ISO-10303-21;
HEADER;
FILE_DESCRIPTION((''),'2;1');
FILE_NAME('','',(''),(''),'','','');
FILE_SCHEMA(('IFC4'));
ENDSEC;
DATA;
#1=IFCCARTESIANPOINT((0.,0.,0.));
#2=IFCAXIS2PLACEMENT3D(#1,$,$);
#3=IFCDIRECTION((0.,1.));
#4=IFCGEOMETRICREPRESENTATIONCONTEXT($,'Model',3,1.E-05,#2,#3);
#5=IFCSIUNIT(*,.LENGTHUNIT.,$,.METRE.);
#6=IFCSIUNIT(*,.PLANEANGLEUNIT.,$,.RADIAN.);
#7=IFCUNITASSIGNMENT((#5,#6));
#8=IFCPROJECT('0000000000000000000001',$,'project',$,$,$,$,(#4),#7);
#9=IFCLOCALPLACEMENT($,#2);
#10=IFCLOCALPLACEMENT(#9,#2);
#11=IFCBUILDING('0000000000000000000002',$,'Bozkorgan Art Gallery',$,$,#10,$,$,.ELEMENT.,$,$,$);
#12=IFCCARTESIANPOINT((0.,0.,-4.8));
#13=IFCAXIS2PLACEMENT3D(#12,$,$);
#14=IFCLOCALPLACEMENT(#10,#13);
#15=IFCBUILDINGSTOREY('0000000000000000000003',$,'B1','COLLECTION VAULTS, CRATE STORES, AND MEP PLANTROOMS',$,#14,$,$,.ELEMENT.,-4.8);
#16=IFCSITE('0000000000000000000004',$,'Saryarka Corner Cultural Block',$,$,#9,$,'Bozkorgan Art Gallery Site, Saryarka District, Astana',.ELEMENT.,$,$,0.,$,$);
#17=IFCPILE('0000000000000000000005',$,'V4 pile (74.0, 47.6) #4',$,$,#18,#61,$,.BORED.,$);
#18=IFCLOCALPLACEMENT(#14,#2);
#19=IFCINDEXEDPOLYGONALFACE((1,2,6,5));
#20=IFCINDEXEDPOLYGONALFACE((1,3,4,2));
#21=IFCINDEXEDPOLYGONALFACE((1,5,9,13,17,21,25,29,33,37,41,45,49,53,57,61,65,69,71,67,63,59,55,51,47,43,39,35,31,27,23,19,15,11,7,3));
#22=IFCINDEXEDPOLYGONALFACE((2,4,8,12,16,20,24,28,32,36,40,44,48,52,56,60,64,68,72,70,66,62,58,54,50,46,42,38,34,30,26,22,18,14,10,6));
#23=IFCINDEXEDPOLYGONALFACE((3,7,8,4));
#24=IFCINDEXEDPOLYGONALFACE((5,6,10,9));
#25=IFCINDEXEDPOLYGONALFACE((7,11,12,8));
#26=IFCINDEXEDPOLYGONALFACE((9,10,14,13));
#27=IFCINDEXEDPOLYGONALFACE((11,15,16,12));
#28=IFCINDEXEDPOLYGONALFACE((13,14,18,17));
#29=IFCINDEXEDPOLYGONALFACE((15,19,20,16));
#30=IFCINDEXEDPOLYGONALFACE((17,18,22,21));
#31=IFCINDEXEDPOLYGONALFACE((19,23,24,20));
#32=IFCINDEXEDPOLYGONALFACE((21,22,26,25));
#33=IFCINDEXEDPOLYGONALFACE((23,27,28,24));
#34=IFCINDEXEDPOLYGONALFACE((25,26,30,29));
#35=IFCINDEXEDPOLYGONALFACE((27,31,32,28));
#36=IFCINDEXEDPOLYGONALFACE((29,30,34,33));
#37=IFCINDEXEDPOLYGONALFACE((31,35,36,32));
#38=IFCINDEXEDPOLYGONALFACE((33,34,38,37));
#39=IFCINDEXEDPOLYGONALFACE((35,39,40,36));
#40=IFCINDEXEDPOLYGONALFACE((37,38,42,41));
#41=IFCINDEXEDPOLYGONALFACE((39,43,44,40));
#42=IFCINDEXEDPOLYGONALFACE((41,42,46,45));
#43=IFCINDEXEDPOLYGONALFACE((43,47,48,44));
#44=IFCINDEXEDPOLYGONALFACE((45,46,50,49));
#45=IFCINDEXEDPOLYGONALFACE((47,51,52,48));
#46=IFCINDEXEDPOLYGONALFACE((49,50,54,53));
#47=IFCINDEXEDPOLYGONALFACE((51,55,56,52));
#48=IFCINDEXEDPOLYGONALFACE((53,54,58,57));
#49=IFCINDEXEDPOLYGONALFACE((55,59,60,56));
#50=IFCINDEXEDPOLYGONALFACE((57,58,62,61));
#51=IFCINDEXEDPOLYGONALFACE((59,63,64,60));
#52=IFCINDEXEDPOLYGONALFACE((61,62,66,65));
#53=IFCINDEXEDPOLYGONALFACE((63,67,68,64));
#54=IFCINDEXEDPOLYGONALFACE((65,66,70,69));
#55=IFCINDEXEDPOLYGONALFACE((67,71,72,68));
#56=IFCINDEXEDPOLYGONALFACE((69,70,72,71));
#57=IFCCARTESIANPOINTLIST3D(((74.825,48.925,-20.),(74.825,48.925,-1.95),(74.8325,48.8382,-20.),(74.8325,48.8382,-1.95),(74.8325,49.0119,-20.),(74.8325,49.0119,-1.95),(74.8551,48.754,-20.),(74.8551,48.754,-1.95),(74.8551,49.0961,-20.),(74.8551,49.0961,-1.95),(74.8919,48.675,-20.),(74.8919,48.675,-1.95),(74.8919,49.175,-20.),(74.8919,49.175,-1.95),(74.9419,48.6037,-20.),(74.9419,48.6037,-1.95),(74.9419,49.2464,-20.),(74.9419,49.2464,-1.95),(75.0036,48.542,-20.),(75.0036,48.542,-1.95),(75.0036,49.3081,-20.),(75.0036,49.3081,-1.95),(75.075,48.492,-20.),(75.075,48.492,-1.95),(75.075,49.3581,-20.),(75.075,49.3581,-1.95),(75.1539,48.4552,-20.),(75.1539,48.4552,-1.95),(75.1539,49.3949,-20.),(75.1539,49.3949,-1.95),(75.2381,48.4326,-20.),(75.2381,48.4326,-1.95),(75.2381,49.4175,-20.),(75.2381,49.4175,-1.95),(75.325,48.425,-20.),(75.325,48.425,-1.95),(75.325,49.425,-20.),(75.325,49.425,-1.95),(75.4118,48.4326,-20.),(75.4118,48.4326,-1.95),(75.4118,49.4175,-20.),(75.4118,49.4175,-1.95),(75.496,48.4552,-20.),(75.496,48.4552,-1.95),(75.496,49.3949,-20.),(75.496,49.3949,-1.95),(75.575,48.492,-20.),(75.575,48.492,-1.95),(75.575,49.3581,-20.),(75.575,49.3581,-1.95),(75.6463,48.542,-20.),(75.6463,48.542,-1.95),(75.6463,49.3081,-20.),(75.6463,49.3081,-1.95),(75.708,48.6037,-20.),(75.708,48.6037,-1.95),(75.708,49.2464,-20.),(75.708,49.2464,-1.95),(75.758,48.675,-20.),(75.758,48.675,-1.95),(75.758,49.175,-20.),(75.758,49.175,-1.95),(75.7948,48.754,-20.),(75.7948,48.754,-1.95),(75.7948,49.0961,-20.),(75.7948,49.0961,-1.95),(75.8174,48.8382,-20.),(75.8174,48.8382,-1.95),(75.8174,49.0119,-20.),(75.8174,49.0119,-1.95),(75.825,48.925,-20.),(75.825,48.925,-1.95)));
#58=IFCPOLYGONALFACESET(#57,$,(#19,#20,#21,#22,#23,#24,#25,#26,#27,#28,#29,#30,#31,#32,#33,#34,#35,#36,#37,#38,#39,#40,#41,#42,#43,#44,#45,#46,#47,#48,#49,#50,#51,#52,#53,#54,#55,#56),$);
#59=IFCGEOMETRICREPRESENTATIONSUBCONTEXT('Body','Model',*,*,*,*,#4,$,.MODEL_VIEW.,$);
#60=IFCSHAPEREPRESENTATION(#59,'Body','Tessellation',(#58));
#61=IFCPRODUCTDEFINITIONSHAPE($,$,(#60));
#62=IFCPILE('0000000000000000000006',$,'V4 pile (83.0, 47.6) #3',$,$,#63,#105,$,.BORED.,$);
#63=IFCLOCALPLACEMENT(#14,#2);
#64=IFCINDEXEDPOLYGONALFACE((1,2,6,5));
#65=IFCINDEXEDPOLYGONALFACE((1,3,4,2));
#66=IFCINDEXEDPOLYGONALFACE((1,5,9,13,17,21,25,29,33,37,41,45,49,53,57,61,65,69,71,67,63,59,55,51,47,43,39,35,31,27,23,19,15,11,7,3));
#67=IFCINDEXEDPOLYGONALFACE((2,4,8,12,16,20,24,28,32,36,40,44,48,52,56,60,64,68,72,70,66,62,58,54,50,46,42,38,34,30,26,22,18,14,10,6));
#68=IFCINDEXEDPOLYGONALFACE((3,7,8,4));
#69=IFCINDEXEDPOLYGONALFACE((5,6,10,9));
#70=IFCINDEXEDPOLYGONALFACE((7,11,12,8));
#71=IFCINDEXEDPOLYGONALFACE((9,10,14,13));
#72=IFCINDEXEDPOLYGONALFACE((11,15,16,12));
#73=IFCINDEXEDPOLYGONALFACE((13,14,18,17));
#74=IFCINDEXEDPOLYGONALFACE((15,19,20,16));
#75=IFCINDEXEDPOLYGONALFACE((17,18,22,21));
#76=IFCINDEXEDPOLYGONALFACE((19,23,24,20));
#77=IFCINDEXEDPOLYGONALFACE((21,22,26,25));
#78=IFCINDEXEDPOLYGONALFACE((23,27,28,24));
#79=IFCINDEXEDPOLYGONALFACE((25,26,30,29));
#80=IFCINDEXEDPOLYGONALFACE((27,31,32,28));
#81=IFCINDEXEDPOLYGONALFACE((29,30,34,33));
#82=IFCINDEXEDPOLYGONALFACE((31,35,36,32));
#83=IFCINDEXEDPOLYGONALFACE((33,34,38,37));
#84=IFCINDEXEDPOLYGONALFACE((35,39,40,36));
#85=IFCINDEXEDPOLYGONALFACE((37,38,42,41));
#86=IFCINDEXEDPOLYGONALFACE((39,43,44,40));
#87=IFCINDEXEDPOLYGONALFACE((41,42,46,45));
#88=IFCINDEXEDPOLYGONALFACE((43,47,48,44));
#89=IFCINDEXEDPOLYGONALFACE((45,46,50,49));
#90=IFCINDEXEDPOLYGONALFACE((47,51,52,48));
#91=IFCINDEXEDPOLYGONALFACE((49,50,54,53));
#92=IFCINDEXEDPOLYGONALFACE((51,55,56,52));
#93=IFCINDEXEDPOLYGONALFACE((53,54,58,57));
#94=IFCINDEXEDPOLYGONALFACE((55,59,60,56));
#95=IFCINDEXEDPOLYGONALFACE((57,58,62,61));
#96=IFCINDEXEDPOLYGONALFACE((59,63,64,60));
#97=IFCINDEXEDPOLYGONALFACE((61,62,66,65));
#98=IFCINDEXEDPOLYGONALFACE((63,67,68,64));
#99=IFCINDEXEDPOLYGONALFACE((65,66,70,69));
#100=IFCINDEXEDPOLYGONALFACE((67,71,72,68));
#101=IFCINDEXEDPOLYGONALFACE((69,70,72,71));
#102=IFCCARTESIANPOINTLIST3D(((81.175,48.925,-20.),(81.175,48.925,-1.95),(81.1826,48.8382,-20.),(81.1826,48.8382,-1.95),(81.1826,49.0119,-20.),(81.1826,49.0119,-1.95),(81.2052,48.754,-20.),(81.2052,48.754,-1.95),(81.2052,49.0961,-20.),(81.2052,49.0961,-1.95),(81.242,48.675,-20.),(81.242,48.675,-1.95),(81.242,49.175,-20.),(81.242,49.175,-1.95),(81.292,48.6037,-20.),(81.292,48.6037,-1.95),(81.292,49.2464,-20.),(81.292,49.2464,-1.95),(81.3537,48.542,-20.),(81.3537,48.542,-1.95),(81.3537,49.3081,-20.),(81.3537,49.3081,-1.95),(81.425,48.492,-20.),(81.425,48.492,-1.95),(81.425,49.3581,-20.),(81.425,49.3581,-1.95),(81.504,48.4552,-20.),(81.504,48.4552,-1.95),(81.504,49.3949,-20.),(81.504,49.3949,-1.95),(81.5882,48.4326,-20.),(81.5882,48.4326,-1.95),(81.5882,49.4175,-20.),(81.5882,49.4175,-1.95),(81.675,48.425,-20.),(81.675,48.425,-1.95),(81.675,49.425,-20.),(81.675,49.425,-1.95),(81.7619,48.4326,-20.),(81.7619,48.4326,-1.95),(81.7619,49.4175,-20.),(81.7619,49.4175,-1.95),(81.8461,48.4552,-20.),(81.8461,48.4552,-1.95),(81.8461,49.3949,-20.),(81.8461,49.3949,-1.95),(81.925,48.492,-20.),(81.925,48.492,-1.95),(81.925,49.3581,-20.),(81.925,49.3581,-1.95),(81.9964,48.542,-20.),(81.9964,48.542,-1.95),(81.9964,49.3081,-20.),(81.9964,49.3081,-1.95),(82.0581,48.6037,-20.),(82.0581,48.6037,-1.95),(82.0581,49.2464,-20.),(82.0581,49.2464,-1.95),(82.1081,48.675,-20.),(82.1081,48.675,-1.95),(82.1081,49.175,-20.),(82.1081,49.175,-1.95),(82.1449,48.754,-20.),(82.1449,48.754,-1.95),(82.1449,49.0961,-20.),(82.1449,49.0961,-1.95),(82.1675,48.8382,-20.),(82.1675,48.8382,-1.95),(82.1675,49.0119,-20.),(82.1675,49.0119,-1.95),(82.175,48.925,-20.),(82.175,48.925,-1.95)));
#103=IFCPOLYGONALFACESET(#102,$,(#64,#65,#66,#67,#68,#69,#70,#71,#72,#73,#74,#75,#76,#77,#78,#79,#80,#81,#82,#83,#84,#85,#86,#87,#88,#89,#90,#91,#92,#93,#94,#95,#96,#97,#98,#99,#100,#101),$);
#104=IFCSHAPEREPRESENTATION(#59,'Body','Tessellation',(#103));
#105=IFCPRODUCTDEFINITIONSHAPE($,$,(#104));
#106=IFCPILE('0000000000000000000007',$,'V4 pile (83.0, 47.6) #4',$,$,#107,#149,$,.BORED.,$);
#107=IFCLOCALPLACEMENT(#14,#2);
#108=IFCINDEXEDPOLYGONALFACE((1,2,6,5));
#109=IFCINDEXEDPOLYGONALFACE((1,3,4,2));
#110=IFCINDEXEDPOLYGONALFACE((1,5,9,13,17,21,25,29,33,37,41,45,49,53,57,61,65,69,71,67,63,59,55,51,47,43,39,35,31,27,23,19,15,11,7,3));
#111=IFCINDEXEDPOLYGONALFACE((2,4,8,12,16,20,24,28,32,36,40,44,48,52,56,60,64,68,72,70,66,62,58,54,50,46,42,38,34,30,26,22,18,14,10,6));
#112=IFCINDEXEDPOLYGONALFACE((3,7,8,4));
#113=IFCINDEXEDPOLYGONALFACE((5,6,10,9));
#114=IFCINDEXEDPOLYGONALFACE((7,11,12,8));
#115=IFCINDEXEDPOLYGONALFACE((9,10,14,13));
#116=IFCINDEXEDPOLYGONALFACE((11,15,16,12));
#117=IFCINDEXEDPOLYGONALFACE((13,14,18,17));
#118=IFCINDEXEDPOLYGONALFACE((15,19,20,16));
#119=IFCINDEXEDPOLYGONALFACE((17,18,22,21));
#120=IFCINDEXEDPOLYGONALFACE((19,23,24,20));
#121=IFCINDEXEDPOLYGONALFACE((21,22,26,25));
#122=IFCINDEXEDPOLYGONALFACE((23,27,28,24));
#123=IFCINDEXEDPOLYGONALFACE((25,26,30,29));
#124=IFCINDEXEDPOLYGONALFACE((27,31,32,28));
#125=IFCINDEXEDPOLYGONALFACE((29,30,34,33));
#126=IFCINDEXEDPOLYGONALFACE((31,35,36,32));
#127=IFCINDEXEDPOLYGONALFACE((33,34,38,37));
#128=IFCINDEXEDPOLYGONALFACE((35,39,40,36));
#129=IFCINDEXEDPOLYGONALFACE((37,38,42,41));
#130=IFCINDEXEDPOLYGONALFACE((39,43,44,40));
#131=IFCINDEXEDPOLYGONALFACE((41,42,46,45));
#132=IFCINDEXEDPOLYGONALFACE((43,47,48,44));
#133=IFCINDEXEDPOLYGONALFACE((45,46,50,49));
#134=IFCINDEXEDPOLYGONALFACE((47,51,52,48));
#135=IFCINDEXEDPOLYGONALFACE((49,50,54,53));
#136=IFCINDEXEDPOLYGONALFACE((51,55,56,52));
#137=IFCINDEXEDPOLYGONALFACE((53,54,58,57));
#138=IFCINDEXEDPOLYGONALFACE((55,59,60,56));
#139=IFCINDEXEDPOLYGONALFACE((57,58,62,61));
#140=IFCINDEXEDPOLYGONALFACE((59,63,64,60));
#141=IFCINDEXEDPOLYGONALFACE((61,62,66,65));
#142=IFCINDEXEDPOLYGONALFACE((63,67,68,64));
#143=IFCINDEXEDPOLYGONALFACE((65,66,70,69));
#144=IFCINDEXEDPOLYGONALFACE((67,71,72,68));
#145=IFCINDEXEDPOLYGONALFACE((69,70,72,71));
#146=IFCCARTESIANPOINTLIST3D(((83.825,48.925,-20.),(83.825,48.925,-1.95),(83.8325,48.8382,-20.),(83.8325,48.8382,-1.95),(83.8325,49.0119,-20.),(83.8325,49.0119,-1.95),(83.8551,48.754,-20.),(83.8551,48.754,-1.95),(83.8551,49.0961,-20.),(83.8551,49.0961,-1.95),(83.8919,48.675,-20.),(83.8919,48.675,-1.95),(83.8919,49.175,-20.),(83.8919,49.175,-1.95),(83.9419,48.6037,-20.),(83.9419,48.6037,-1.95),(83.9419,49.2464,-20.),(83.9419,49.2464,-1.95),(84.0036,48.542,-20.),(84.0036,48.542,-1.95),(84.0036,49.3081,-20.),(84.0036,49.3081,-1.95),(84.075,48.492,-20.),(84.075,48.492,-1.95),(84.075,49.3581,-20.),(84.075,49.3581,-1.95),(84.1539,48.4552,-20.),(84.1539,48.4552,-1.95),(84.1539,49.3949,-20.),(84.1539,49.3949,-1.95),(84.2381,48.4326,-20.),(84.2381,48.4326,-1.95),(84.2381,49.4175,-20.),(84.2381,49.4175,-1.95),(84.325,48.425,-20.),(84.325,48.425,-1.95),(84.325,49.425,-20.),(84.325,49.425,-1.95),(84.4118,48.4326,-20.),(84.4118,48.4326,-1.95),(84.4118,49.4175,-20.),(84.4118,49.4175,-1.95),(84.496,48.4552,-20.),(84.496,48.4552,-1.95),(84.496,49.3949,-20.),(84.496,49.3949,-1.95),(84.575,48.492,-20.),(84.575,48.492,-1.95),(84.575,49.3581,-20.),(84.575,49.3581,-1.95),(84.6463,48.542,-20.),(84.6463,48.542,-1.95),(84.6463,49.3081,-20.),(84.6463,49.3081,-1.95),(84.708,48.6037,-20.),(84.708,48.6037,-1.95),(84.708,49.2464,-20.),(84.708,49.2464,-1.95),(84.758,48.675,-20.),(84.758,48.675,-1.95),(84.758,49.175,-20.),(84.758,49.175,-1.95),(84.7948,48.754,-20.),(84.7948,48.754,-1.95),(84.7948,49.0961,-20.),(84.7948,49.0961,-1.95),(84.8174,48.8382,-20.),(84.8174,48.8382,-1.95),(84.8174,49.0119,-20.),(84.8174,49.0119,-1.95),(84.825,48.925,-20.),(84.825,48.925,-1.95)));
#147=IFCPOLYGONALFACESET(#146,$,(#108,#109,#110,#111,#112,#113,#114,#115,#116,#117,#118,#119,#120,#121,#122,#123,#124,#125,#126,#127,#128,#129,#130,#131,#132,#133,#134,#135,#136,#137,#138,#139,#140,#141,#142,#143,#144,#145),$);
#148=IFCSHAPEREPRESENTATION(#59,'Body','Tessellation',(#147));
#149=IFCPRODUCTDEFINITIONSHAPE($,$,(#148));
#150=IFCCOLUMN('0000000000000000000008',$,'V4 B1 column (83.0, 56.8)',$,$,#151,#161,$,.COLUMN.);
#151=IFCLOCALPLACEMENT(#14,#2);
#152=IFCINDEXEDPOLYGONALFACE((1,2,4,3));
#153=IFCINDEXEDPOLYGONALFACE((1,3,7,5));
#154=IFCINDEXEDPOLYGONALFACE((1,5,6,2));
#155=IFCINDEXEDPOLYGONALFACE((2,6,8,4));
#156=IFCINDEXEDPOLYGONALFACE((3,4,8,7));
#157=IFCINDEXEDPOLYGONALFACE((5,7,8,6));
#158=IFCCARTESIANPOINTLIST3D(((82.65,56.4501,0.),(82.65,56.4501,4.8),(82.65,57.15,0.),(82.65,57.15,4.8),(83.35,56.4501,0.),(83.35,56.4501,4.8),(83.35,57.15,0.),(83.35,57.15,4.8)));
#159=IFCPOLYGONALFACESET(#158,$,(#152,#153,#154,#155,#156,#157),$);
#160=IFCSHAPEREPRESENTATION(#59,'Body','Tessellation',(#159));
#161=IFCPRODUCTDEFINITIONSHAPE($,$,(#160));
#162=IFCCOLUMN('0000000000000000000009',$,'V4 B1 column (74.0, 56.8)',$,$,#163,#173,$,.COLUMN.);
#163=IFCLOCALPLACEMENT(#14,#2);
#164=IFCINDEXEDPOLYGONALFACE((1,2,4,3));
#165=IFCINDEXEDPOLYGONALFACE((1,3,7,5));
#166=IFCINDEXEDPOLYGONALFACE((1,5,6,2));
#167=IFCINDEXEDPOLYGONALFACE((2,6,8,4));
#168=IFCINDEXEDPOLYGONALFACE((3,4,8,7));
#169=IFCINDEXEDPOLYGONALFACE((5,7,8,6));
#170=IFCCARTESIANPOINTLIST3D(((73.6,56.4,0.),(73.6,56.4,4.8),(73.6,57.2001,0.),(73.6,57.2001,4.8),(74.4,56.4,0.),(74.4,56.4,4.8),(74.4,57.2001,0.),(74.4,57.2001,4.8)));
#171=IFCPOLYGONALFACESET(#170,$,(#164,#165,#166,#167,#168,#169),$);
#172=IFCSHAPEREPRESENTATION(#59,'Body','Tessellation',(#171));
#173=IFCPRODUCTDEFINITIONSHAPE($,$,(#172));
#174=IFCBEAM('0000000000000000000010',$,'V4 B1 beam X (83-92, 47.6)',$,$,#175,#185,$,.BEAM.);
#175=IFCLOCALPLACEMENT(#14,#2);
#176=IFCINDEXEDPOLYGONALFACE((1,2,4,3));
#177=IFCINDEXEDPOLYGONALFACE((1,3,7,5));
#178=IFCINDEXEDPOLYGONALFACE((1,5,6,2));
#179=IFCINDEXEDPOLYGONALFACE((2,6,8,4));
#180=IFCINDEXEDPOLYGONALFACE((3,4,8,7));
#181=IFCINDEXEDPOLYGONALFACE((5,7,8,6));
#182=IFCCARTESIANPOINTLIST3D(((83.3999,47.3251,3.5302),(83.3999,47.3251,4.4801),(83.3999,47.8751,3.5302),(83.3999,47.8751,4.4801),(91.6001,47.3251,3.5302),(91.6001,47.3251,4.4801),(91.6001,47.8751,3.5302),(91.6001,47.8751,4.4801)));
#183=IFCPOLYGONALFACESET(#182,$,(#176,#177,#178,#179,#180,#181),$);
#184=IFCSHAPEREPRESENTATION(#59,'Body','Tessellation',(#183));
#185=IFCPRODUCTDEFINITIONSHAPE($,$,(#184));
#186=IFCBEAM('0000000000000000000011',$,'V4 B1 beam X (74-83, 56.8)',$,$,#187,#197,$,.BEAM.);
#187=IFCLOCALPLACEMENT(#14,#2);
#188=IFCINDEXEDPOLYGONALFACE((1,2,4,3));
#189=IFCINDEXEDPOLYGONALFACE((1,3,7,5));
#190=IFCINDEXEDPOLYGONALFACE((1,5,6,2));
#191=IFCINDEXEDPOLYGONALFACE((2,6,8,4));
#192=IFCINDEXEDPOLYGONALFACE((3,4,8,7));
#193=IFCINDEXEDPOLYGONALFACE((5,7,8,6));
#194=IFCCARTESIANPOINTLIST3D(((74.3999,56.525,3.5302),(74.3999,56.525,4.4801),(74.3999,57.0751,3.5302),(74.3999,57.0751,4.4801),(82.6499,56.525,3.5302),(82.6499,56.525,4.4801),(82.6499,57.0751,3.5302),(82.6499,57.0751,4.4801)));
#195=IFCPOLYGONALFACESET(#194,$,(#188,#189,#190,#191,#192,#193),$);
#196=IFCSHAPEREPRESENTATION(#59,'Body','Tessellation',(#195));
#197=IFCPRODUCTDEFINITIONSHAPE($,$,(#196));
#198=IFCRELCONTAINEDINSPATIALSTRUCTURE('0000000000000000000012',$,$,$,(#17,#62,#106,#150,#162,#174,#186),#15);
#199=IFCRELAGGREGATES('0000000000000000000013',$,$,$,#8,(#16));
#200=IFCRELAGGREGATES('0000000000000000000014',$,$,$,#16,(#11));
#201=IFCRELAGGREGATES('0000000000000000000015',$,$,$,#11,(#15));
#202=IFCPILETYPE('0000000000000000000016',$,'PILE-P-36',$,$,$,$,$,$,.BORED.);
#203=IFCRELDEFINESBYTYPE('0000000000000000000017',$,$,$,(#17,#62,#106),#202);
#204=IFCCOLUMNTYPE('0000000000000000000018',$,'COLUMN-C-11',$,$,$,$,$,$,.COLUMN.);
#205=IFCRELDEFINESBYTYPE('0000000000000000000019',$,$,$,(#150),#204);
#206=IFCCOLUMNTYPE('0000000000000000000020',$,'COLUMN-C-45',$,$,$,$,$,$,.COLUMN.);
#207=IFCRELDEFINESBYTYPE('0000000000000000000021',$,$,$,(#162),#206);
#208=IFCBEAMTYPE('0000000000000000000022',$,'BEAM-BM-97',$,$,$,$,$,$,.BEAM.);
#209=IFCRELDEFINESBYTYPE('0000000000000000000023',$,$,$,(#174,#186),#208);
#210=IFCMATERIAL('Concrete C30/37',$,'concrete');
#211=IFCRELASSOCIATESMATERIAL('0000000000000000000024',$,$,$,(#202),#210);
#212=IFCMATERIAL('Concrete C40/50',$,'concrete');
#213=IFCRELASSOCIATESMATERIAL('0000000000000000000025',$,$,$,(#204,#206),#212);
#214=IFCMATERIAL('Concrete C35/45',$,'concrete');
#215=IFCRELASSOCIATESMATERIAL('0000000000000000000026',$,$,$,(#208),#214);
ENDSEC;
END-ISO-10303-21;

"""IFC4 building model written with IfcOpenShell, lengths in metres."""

from ifc_helpers import new_model, si_unit, direction, frame, origin, origin_2d, place, context, subcontext, project, spatial, rectangle, circle, extrude, material, material_profile, profile_set, type_object, element, save


model = new_model("IFC4")

# Units and contexts
model_context = context("Model", 3, precision=1e-05, world=origin(), true_north=direction((0.0, 1.0)))
body_context = subcontext(model_context, "Body", "Model", "MODEL_VIEW")
ifc_project = project(units=[si_unit("LENGTHUNIT", "METRE"), si_unit("PLANEANGLEUNIT", "RADIAN")], contexts=[model_context])

# Site, building, storey
site_placement = place(None, origin())
site = spatial("IfcSite", under=ifc_project, at=site_placement, Name="Saryarka Corner Cultural Block", LongName="Bozkorgan Art Gallery Site, Saryarka District, Astana", CompositionType="ELEMENT", RefElevation=0.0)
building_placement = place(site_placement, origin())
building = spatial("IfcBuilding", under=site, at=building_placement, Name="Bozkorgan Art Gallery", CompositionType="ELEMENT")
storey_placement = place(building_placement, frame((0.0, 0.0, -4.8)))
storey = spatial("IfcBuildingStorey", under=building, at=storey_placement, Name="B1", Description="COLLECTION VAULTS, CRATE STORES, AND MEP PLANTROOMS", CompositionType="ELEMENT", Elevation=-4.8)

# Shared definitions
ifc_material_1 = material(Name="Concrete C30/37", Category="concrete")

# Piles
ifc_material_profile_1 = material_profile(ifc_material_1, circle(Radius=0.5, at=origin_2d()), Name="PILE D1000")
ifc_profile_set_1 = profile_set([ifc_material_profile_1], Name="Concrete C30/37")
pile_type = type_object("IfcPileType", Name="PILE-P-36", PredefinedType="BORED", material=ifc_profile_set_1)
for number, where, z_axis, x_axis, name in (
    (1, (75.325, 48.925, -1.95), (0.0, 0.0, -1.0), (1.0, 0.0, 0.0), "V4 pile (74.0, 47.6) #4"),
    (2, (81.675, 48.925, -1.95), (0.0, 0.0, -1.0), (1.0, 0.0, 0.0), "V4 pile (83.0, 47.6) #3"),
    (3, (84.325, 48.925, -1.95), (0.0, 0.0, -1.0), (1.0, 0.0, 0.0), "V4 pile (83.0, 47.6) #4"),
):
    element("IfcPile", number, at=place(storey_placement, frame(where, z_axis=z_axis, x_axis=x_axis)), inside=storey, type_object=pile_type, Name=name, PredefinedType="BORED", context=body_context, shape_type="SweptSolid", body=[
        extrude(circle(Radius=0.5, at=origin_2d()), origin(), (0.0, 0.0, 1.0), 18.05),
    ])

# Columns
ifc_material_2 = material(Name="Concrete C40/50", Category="concrete")
ifc_material_profile_2 = material_profile(ifc_material_2, rectangle(XDim=0.7, YDim=0.7, at=origin_2d()), Name="RC 700x700")
ifc_profile_set_2 = profile_set([ifc_material_profile_2], Name="Concrete C40/50")
column_type_1 = type_object("IfcColumnType", Name="COLUMN-C-11", PredefinedType="COLUMN", material=ifc_profile_set_2)
column_1_placement = place(storey_placement, frame((83.0, 56.8, 0.0), z_axis=(0.0, 0.0, 1.0), x_axis=(1.0, 0.0, 0.0)))
element("IfcColumn", 4, at=column_1_placement, inside=storey, type_object=column_type_1, Name="V4 B1 column (83.0, 56.8)", PredefinedType="COLUMN", context=body_context, shape_type="SweptSolid", body=[
    extrude(rectangle(XDim=0.7, YDim=0.7, at=origin_2d()), origin(), (0.0, 0.0, 1.0), 4.8),
])
ifc_material_profile_3 = material_profile(ifc_material_2, rectangle(XDim=0.8, YDim=0.8, at=origin_2d()), Name="RC 800x800")
ifc_profile_set_3 = profile_set([ifc_material_profile_3], Name="Concrete C40/50")
column_type_2 = type_object("IfcColumnType", Name="COLUMN-C-45", PredefinedType="COLUMN", material=ifc_profile_set_3)
column_2_placement = place(storey_placement, frame((74.0, 56.8, 0.0), z_axis=(0.0, 0.0, 1.0), x_axis=(1.0, 0.0, 0.0)))
element("IfcColumn", 5, at=column_2_placement, inside=storey, type_object=column_type_2, Name="V4 B1 column (74.0, 56.8)", PredefinedType="COLUMN", context=body_context, shape_type="SweptSolid", body=[
    extrude(rectangle(XDim=0.8, YDim=0.8, at=origin_2d()), origin(), (0.0, 0.0, 1.0), 4.8),
])

# Beams
ifc_material_3 = material(Name="Concrete C35/45", Category="concrete")
ifc_material_profile_4 = material_profile(ifc_material_3, rectangle(XDim=0.55, YDim=0.95, at=origin_2d()), Name="RC 550x950")
ifc_profile_set_4 = profile_set([ifc_material_profile_4], Name="Concrete C35/45")
beam_type_1 = type_object("IfcBeamType", Name="BEAM-BM-97", PredefinedType="BEAM", material=ifc_profile_set_4)
beam_1_placement = place(storey_placement, frame((83.3999, 47.6001, 4.0051), z_axis=(1.0, 0.0, 0.0), x_axis=(0.0, 1.0, 0.0)))
element("IfcBeam", 6, at=beam_1_placement, inside=storey, type_object=beam_type_1, Name="V4 B1 beam X (83-92, 47.6)", PredefinedType="BEAM", context=body_context, shape_type="SweptSolid", body=[
    extrude(rectangle(XDim=0.55, YDim=0.95, at=origin_2d()), origin(), (0.0, 0.0, 1.0), 8.2002),
])
beam_2_placement = place(storey_placement, frame((74.3999, 56.8, 4.0051), z_axis=(1.0, 0.0, 0.0), x_axis=(0.0, 1.0, 0.0)))
element("IfcBeam", 7, at=beam_2_placement, inside=storey, type_object=beam_type_1, Name="V4 B1 beam X (74-83, 56.8)", PredefinedType="BEAM", context=body_context, shape_type="SweptSolid", body=[
    extrude(rectangle(XDim=0.55, YDim=0.95, at=origin_2d()), origin(), (0.0, 0.0, 1.0), 8.25),
])

save(model, "model.ifc")
